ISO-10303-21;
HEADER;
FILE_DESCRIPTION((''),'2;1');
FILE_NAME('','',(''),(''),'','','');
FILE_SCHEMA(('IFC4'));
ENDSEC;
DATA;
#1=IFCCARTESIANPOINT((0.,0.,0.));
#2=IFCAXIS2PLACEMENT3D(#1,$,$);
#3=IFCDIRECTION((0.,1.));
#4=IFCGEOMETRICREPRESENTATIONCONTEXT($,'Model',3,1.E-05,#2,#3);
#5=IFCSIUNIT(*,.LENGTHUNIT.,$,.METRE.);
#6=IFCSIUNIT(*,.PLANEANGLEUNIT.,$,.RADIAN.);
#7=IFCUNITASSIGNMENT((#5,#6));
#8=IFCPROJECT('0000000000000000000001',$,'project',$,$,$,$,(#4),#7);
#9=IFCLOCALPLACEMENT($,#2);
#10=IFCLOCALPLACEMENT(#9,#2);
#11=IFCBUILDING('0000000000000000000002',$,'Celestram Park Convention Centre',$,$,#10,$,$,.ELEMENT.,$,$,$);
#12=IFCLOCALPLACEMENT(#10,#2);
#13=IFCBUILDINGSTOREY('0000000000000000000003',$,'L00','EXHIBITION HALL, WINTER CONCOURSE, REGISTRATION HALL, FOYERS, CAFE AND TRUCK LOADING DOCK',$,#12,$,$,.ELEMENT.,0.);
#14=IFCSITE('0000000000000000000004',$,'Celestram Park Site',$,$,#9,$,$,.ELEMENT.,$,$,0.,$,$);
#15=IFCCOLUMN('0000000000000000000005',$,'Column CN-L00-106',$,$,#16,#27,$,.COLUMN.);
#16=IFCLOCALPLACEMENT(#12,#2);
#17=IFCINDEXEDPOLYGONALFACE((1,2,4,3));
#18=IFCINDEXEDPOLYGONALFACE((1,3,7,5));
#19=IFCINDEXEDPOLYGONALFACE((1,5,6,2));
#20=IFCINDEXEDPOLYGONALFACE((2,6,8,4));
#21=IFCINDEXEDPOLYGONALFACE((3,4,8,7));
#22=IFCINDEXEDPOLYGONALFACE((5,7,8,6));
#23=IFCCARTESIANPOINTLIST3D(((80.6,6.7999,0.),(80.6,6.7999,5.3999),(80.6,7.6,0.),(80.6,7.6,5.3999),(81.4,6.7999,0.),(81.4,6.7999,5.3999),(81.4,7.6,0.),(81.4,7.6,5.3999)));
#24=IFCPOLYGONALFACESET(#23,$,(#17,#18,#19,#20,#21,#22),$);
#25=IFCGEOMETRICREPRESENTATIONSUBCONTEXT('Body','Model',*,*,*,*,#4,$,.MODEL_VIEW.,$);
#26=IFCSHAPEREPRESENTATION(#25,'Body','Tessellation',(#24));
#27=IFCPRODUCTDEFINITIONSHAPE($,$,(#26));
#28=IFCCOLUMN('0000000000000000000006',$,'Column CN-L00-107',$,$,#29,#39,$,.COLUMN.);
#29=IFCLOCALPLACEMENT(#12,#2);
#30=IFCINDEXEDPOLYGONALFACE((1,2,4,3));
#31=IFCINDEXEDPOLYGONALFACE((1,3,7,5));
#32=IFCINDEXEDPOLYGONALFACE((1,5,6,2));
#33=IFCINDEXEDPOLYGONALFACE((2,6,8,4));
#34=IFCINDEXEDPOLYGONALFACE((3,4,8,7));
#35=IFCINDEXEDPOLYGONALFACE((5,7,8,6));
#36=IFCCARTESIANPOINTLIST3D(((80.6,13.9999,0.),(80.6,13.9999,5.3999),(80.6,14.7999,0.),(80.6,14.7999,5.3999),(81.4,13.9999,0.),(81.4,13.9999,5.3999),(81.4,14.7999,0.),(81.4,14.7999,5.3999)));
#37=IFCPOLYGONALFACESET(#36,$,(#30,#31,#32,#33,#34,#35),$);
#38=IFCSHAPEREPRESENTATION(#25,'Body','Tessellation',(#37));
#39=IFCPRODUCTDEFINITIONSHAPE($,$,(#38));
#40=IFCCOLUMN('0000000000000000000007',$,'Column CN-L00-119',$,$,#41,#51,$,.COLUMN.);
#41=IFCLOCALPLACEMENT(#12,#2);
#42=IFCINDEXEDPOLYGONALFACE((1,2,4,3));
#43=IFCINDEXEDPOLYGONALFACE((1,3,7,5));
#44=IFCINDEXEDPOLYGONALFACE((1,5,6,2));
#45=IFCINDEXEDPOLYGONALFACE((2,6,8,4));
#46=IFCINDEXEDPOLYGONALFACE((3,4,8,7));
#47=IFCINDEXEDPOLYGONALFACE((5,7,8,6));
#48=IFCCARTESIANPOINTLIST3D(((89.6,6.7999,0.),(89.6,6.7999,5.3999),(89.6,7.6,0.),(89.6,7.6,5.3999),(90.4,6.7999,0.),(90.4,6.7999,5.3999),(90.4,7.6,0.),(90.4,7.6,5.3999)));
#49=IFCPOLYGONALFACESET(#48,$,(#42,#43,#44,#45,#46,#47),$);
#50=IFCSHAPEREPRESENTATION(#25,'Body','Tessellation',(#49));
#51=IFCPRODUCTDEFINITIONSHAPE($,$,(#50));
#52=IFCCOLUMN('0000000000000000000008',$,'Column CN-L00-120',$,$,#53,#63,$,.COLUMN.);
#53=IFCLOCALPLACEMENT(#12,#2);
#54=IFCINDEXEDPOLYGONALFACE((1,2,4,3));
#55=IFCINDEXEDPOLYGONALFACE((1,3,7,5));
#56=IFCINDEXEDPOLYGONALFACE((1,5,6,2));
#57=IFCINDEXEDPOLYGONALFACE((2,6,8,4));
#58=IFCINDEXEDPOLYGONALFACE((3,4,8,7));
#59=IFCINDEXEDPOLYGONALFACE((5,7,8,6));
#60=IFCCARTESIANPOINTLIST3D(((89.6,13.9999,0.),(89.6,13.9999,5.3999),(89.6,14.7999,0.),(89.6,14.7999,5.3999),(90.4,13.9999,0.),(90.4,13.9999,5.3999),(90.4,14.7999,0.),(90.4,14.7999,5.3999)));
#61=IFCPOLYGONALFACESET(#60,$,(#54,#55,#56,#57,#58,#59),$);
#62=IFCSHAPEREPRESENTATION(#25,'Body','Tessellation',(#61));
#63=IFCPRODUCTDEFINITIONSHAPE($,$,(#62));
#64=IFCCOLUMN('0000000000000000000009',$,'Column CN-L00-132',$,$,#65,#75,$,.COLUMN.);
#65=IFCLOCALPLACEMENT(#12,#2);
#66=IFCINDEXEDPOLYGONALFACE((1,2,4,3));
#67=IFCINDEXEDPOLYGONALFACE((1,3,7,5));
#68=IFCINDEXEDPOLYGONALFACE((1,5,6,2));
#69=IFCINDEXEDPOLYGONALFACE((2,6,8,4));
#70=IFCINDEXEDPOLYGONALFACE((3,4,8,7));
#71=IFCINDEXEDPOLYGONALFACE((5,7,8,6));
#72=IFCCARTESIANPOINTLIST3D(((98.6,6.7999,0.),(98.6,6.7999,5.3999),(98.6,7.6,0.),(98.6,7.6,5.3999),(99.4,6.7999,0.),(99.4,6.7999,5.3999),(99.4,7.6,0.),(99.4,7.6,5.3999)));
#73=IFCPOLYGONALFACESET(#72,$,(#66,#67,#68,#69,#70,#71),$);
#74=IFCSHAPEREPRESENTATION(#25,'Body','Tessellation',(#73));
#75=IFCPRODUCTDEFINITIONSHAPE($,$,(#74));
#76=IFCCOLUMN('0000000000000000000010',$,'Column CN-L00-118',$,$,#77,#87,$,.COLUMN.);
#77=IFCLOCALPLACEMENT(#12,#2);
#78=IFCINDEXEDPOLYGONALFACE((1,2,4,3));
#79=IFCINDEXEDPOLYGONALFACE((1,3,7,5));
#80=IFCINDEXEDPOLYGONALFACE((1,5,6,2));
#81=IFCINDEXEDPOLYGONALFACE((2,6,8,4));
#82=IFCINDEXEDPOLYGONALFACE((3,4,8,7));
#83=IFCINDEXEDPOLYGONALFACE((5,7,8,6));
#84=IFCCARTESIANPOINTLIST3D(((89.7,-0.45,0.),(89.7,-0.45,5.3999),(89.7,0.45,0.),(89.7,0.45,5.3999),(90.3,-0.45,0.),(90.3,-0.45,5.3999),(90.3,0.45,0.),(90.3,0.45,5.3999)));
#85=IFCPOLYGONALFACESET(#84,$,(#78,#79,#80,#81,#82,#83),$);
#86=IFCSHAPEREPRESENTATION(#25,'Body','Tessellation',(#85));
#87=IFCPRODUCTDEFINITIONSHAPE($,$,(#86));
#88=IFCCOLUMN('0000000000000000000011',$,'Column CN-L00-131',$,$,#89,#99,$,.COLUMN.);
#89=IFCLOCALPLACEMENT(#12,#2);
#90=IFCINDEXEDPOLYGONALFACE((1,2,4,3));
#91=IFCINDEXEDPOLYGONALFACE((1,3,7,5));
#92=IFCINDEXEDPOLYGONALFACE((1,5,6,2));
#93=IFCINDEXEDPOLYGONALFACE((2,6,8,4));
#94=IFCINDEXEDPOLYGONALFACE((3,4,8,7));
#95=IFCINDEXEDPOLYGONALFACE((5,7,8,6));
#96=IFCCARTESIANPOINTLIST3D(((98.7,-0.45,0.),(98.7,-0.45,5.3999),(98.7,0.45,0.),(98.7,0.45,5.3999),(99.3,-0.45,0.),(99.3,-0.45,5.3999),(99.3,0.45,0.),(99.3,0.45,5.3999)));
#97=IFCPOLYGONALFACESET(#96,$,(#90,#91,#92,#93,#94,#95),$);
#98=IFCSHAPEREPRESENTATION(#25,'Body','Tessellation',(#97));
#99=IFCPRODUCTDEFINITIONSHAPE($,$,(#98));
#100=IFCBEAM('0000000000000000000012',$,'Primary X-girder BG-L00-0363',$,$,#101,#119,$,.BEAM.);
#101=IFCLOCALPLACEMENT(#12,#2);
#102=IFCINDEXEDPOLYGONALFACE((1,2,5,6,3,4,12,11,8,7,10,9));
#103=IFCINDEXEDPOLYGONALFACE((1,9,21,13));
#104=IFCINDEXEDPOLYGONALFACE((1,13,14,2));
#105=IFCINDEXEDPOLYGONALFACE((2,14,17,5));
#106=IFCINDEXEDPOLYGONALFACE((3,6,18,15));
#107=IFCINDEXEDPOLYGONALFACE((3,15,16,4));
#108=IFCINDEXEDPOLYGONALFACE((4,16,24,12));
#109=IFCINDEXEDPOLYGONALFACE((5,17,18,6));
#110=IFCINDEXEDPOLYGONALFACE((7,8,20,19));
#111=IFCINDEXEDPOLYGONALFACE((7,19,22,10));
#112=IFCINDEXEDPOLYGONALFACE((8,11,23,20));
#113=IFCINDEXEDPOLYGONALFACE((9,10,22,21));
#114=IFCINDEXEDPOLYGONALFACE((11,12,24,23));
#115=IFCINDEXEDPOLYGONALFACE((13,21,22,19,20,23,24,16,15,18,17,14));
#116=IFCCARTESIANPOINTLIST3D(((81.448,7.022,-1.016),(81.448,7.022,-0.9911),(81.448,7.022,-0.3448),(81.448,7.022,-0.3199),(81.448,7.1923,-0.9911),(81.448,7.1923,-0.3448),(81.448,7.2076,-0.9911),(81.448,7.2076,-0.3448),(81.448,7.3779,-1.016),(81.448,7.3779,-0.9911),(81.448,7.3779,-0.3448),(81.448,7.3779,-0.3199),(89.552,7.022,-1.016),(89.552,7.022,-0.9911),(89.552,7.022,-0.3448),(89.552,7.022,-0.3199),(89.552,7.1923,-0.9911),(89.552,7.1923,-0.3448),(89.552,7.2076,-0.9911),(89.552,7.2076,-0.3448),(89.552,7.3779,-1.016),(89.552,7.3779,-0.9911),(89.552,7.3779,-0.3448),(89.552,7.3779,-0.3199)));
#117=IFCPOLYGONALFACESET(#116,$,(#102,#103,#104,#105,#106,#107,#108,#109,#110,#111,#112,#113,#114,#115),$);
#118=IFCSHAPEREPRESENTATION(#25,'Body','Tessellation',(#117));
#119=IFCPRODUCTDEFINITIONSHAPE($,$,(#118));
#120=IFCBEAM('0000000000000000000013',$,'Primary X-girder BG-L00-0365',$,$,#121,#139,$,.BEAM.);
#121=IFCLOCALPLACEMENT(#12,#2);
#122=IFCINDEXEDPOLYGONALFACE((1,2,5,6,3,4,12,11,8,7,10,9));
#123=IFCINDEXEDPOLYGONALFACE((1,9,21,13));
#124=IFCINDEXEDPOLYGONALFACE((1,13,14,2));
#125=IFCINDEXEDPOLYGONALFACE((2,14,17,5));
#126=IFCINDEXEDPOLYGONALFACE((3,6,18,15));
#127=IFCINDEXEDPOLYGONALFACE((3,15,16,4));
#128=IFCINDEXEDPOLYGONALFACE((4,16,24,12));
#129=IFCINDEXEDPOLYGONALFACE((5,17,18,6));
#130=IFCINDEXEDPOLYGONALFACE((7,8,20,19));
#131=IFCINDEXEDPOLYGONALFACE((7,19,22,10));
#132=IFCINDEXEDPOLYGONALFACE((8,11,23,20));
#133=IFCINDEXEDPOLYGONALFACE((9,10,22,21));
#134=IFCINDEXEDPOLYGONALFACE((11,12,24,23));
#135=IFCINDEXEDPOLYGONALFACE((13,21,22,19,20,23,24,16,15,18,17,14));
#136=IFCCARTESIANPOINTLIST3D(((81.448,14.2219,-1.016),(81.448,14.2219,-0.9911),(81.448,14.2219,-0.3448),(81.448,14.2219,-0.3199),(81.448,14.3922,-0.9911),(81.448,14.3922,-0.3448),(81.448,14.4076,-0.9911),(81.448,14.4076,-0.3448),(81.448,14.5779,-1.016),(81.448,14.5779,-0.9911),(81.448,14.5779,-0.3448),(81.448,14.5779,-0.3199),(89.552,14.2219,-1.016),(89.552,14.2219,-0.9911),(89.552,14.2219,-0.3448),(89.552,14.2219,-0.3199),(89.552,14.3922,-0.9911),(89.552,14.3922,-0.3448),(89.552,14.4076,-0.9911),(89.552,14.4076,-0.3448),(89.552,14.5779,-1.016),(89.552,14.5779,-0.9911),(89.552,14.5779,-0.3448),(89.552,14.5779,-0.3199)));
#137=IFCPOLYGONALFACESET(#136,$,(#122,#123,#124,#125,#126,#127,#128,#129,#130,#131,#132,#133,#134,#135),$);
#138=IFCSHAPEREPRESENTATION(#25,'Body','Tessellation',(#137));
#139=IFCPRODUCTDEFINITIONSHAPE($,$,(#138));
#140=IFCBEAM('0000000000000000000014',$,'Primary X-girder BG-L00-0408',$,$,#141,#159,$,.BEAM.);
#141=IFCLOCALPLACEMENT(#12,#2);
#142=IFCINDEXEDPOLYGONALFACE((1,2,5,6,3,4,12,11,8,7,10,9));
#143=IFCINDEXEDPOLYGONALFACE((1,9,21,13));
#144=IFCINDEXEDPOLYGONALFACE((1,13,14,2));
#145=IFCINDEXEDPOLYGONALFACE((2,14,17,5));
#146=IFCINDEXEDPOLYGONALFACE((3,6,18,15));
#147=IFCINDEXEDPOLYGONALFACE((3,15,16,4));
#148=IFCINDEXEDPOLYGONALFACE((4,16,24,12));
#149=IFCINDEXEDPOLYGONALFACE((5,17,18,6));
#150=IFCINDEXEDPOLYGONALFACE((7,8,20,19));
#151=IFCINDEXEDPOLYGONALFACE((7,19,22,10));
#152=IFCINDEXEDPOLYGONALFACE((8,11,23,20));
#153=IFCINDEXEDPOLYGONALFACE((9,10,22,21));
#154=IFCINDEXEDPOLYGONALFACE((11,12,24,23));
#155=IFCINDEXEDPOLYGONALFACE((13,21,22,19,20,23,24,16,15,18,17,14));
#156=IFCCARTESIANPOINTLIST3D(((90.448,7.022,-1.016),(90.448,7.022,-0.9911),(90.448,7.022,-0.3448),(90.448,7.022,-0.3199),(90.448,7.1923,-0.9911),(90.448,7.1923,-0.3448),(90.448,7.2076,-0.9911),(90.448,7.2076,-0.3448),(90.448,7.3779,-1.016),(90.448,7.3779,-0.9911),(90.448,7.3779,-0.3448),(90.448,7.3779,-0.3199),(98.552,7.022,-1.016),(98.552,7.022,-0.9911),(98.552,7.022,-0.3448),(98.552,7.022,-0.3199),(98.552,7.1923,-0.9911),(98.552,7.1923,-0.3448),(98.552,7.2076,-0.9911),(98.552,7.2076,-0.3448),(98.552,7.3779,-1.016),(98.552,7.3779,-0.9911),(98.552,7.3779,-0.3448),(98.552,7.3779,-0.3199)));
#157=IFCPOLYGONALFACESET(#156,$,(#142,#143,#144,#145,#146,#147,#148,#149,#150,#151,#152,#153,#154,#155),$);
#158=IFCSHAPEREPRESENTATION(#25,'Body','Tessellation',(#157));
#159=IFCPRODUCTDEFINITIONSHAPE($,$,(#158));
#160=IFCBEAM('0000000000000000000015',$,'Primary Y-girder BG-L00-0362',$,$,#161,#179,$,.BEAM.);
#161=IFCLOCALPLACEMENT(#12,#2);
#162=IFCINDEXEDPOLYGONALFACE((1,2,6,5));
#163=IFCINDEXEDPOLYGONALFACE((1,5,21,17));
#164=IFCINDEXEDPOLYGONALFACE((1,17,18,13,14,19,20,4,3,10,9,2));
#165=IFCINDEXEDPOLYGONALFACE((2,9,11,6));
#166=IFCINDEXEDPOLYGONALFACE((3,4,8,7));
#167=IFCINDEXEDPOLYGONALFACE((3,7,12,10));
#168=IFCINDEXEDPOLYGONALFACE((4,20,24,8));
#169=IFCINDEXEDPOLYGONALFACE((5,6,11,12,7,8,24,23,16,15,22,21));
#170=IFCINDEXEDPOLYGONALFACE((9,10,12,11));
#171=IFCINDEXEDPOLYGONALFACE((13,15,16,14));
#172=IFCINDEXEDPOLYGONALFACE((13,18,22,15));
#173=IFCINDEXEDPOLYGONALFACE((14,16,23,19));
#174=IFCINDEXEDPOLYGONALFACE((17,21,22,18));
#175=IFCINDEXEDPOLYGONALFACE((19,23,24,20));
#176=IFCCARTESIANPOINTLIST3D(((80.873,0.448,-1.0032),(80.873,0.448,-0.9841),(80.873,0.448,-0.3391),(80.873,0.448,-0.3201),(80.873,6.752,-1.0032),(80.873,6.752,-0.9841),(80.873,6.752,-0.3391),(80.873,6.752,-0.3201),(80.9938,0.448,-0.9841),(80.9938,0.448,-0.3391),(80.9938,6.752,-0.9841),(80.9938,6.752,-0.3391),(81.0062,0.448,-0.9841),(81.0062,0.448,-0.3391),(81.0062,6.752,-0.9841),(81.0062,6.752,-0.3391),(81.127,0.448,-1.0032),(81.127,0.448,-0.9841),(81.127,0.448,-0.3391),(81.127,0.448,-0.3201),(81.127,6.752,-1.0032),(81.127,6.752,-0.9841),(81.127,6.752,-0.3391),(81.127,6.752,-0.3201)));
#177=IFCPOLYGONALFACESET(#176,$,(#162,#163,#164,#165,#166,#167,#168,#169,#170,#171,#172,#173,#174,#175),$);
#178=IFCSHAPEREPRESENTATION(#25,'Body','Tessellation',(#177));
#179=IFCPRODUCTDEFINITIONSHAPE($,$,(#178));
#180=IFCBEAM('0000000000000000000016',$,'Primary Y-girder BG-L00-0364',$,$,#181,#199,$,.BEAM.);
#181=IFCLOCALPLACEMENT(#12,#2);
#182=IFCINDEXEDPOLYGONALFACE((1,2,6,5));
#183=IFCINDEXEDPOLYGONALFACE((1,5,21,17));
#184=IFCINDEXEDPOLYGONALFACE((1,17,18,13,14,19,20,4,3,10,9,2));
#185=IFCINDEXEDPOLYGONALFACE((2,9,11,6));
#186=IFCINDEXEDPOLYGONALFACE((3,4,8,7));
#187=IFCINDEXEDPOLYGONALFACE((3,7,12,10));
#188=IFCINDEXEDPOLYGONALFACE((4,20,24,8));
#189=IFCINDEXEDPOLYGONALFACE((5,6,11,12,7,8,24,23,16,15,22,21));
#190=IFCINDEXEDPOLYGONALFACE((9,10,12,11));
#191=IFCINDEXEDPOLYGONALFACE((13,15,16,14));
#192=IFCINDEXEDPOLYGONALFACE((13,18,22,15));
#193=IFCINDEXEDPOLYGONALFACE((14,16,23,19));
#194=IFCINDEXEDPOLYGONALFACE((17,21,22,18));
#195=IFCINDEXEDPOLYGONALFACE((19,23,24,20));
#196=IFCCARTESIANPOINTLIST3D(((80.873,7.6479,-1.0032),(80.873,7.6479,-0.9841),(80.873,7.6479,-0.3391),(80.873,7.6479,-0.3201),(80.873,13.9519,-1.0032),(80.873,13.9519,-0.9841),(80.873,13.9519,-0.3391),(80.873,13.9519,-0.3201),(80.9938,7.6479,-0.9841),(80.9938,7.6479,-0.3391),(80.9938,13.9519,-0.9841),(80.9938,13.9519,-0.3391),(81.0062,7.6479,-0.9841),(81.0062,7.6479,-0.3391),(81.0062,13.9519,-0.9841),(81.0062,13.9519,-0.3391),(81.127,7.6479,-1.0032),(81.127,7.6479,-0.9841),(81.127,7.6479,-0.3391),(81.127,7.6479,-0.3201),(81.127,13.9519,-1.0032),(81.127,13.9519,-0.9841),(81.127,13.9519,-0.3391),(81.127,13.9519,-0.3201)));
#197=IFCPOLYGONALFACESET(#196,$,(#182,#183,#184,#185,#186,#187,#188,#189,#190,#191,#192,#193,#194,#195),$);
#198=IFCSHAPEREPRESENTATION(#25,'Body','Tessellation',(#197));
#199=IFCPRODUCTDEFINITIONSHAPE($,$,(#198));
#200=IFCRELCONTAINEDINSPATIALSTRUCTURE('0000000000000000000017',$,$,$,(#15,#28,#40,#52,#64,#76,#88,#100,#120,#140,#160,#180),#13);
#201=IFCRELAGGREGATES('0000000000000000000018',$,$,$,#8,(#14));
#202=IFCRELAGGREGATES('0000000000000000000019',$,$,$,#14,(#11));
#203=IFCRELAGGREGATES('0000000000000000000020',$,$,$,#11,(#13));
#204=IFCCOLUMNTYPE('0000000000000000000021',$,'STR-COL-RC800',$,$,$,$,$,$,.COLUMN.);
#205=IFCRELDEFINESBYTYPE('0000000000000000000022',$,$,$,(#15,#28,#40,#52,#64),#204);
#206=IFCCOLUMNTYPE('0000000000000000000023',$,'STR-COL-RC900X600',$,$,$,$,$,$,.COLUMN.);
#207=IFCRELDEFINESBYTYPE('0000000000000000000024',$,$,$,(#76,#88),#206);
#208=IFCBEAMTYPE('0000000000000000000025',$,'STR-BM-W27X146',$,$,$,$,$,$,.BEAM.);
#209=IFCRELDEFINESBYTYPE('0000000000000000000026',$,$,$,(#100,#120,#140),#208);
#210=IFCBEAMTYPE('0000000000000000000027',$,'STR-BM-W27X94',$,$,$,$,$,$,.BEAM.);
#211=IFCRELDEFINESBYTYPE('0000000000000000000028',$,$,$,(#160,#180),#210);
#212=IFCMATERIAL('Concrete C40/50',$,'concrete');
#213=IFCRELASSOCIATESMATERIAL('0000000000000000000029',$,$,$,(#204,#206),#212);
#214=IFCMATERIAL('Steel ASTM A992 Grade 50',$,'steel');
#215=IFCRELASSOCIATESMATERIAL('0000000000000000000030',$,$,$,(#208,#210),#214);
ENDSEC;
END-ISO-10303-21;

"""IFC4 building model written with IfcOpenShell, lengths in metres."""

from ifc_helpers import new_model, si_unit, direction, frame, origin, origin_2d, place, context, subcontext, project, spatial, rectangle, i_section, extrude, material, material_profile, profile_set, type_object, element, save


model = new_model("IFC4")

# Units and contexts
model_context = context("Model", 3, precision=1e-05, world=origin(), true_north=direction((0.0, 1.0)))
body_context = subcontext(model_context, "Body", "Model", "MODEL_VIEW")
ifc_project = project(units=[si_unit("LENGTHUNIT", "METRE"), si_unit("PLANEANGLEUNIT", "RADIAN")], contexts=[model_context])

# Site, building, storey
site_placement = place(None, origin())
site = spatial("IfcSite", under=ifc_project, at=site_placement, Name="Celestram Park Site", CompositionType="ELEMENT", RefElevation=0.0)
building_placement = place(site_placement, origin())
building = spatial("IfcBuilding", under=site, at=building_placement, Name="Celestram Park Convention Centre", CompositionType="ELEMENT")
storey_placement = place(building_placement, origin())
storey = spatial("IfcBuildingStorey", under=building, at=storey_placement, Name="L00", Description="EXHIBITION HALL, WINTER CONCOURSE, REGISTRATION HALL, FOYERS, CAFE AND TRUCK LOADING DOCK", CompositionType="ELEMENT", Elevation=0.0)

# Columns
ifc_material_1 = material(Name="Concrete C40/50", Category="concrete")
ifc_material_profile_1 = material_profile(ifc_material_1, rectangle(XDim=0.8, YDim=0.8, at=origin_2d()), Name="RC800X800")
ifc_profile_set_1 = profile_set([ifc_material_profile_1], Name="Concrete C40/50")
column_type_1 = type_object("IfcColumnType", Name="STR-COL-RC800", PredefinedType="COLUMN", material=ifc_profile_set_1)
for number, where, z_axis, x_axis, name in (
    (1, (81.0, 7.2, 0.0), (0.0, 0.0, 1.0), (1.0, 0.0, 0.0), "Column CN-L00-106"),
    (2, (81.0, 14.3999, 0.0), (0.0, 0.0, 1.0), (1.0, 0.0, 0.0), "Column CN-L00-107"),
    (3, (90.0, 7.2, 0.0), (0.0, 0.0, 1.0), (1.0, 0.0, 0.0), "Column CN-L00-119"),
    (4, (90.0, 14.3999, 0.0), (0.0, 0.0, 1.0), (1.0, 0.0, 0.0), "Column CN-L00-120"),
    (5, (99.0, 7.2, 0.0), (0.0, 0.0, 1.0), (1.0, 0.0, 0.0), "Column CN-L00-132"),
):
    element("IfcColumn", number, at=place(storey_placement, frame(where, z_axis=z_axis, x_axis=x_axis)), inside=storey, type_object=column_type_1, Name=name, PredefinedType="COLUMN", context=body_context, shape_type="SweptSolid", body=[
        extrude(rectangle(XDim=0.8, YDim=0.8, at=origin_2d()), origin(), (0.0, 0.0, 1.0), 5.3999),
    ])
ifc_material_profile_2 = material_profile(ifc_material_1, rectangle(XDim=0.6001, YDim=0.8999, at=origin_2d()), Name="RC900X600")
ifc_profile_set_2 = profile_set([ifc_material_profile_2], Name="Concrete C40/50")
column_type_2 = type_object("IfcColumnType", Name="STR-COL-RC900X600", PredefinedType="COLUMN", material=ifc_profile_set_2)
for number, where, z_axis, x_axis, name in (
    (6, (90.0, 0.0, 0.0), (0.0, 0.0, 1.0), (1.0, 0.0, 0.0), "Column CN-L00-118"),
    (7, (99.0, 0.0, 0.0), (0.0, 0.0, 1.0), (1.0, 0.0, 0.0), "Column CN-L00-131"),
):
    element("IfcColumn", number, at=place(storey_placement, frame(where, z_axis=z_axis, x_axis=x_axis)), inside=storey, type_object=column_type_2, Name=name, PredefinedType="COLUMN", context=body_context, shape_type="SweptSolid", body=[
        extrude(rectangle(XDim=0.6001, YDim=0.8999, at=origin_2d()), origin(), (0.0, 0.0, 1.0), 5.3999),
    ])

# Beams
ifc_material_2 = material(Name="Steel ASTM A992 Grade 50", Category="steel")
ifc_material_profile_3 = material_profile(ifc_material_2, i_section(OverallWidth=0.356, OverallDepth=0.696, WebThickness=0.0154, FlangeThickness=0.0249, at=origin_2d()), Name="W27X146")
ifc_profile_set_3 = profile_set([ifc_material_profile_3], Name="Steel ASTM A992 Grade 50")
beam_type_1 = type_object("IfcBeamType", Name="STR-BM-W27X146", PredefinedType="BEAM", material=ifc_profile_set_3)
for number, where, z_axis, x_axis, name in (
    (8, (81.448, 7.2, -0.668), (1.0, 0.0, 0.0), (0.0, 1.0, 0.0), "Primary X-girder BG-L00-0363"),
    (9, (81.448, 14.3999, -0.668), (1.0, 0.0, 0.0), (0.0, 1.0, 0.0), "Primary X-girder BG-L00-0365"),
    (10, (90.448, 7.2, -0.668), (1.0, 0.0, 0.0), (0.0, 1.0, 0.0), "Primary X-girder BG-L00-0408"),
):
    element("IfcBeam", number, at=place(storey_placement, frame(where, z_axis=z_axis, x_axis=x_axis)), inside=storey, type_object=beam_type_1, Name=name, PredefinedType="BEAM", context=body_context, shape_type="SweptSolid", body=[
        extrude(i_section(OverallWidth=0.356, OverallDepth=0.696, WebThickness=0.0154, FlangeThickness=0.0249, at=origin_2d()), origin(), (0.0, 0.0, 1.0), 8.104),
    ])
ifc_material_profile_4 = material_profile(ifc_material_2, i_section(OverallWidth=0.2539, OverallDepth=0.6831, WebThickness=0.0125, FlangeThickness=0.019, at=origin_2d()), Name="W27X94")
ifc_profile_set_4 = profile_set([ifc_material_profile_4], Name="Steel ASTM A992 Grade 50")
beam_type_2 = type_object("IfcBeamType", Name="STR-BM-W27X94", PredefinedType="BEAM", material=ifc_profile_set_4)
for number, where, z_axis, x_axis, name in (
    (11, (81.0, 0.448, -0.6616), (0.0, 1.0, 0.0), (-1.0, 0.0, 0.0), "Primary Y-girder BG-L00-0362"),
    (12, (81.0, 7.6479, -0.6616), (0.0, 1.0, 0.0), (-1.0, 0.0, 0.0), "Primary Y-girder BG-L00-0364"),
):
    element("IfcBeam", number, at=place(storey_placement, frame(where, z_axis=z_axis, x_axis=x_axis)), inside=storey, type_object=beam_type_2, Name=name, PredefinedType="BEAM", context=body_context, shape_type="SweptSolid", body=[
        extrude(i_section(OverallWidth=0.2539, OverallDepth=0.6831, WebThickness=0.0125, FlangeThickness=0.019, at=origin_2d()), origin(), (0.0, 0.0, 1.0), 6.304),
    ])

save(model, "model.ifc")
